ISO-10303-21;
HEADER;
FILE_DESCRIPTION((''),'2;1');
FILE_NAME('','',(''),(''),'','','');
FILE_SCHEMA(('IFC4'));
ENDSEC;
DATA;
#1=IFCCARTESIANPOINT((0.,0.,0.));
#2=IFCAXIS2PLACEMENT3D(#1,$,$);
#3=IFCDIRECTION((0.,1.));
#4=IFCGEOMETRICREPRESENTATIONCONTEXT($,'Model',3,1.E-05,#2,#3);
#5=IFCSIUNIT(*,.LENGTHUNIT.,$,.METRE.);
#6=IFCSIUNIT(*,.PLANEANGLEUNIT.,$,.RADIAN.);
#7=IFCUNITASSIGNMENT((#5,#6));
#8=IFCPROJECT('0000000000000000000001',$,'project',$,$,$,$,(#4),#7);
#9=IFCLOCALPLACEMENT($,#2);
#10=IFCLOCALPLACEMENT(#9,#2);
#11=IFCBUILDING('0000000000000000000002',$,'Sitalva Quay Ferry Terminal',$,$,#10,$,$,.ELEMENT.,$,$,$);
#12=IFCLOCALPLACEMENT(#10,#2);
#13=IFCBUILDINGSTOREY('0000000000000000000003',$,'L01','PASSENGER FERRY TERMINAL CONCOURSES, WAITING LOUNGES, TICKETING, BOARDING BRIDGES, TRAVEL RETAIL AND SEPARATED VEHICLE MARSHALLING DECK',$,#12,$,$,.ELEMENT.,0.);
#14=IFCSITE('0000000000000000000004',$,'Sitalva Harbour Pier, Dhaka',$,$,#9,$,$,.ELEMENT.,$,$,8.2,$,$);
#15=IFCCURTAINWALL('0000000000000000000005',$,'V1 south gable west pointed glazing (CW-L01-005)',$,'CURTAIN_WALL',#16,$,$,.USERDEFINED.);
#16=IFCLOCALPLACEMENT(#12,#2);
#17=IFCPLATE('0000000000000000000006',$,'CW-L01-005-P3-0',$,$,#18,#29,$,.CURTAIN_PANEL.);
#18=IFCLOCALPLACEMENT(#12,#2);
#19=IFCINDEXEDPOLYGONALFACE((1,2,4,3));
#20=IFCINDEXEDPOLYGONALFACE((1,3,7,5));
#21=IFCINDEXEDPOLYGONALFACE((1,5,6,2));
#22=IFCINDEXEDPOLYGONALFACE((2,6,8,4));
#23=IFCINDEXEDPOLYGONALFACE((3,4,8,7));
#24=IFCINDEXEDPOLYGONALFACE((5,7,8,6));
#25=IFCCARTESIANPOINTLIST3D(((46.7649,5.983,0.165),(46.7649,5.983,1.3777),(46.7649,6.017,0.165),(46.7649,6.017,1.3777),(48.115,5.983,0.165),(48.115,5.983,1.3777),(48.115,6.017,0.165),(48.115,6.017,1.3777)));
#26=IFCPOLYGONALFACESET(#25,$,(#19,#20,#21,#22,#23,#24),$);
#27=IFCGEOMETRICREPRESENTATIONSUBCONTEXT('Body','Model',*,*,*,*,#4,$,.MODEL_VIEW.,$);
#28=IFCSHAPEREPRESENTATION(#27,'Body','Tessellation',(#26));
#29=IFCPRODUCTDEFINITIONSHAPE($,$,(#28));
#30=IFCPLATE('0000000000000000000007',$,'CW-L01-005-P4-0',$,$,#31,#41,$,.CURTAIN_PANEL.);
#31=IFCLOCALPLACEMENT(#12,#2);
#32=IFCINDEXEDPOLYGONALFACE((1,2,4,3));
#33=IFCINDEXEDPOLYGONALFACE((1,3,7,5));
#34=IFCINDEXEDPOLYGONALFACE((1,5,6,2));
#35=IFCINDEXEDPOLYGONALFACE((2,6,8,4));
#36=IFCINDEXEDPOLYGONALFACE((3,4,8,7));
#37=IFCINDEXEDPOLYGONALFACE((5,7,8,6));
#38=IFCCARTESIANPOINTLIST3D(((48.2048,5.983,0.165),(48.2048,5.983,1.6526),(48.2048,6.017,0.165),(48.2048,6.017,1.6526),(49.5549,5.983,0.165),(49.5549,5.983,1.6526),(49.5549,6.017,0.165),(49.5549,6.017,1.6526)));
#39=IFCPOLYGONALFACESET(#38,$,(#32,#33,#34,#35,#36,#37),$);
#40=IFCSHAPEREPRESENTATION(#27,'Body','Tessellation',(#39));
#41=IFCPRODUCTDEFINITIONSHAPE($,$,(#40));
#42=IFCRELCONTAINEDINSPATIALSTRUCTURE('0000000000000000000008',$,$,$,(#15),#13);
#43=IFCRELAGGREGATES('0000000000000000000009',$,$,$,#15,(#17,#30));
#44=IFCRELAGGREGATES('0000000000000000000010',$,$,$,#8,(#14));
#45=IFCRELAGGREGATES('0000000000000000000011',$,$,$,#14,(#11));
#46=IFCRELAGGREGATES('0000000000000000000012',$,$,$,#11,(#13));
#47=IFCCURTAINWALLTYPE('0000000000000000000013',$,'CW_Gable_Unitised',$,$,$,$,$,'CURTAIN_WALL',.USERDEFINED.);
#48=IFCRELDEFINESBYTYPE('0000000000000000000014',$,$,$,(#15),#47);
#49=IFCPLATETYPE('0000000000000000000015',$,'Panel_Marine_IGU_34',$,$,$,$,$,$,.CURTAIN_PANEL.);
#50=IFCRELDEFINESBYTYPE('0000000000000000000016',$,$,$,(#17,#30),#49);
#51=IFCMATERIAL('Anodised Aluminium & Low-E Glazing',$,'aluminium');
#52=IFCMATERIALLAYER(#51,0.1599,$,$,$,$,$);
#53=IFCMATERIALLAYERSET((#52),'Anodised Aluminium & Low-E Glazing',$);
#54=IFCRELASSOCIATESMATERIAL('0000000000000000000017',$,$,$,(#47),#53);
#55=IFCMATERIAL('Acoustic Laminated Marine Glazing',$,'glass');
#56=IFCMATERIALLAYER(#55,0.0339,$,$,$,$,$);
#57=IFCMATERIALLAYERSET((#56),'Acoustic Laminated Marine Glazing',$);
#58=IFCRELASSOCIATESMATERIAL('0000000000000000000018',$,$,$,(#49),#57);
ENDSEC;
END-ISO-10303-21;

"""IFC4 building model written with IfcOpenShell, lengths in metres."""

from ifc_helpers import new_model, si_unit, direction, frame, origin, origin_2d, place, context, subcontext, project, spatial, rectangle, extrude, material, layer, layer_set, type_object, element, aggregate, save


model = new_model("IFC4")

# Units and contexts
model_context = context("Model", 3, precision=1e-05, world=origin(), true_north=direction((0.0, 1.0)))
body_context = subcontext(model_context, "Body", "Model", "MODEL_VIEW")
ifc_project = project(units=[si_unit("LENGTHUNIT", "METRE"), si_unit("PLANEANGLEUNIT", "RADIAN")], contexts=[model_context])

# Site, building, storey
site_placement = place(None, origin())
site = spatial("IfcSite", under=ifc_project, at=site_placement, Name="Sitalva Harbour Pier, Dhaka", CompositionType="ELEMENT", RefElevation=8.2)
building_placement = place(site_placement, origin())
building = spatial("IfcBuilding", under=site, at=building_placement, Name="Sitalva Quay Ferry Terminal", CompositionType="ELEMENT")
storey_placement = place(building_placement, origin())
storey = spatial("IfcBuildingStorey", under=building, at=storey_placement, Name="L01", Description="PASSENGER FERRY TERMINAL CONCOURSES, WAITING LOUNGES, TICKETING, BOARDING BRIDGES, TRAVEL RETAIL AND SEPARATED VEHICLE MARSHALLING DECK", CompositionType="ELEMENT", Elevation=0.0)

# Curtain wall
ifc_material_1 = material(Name="Anodised Aluminium & Low-E Glazing", Category="aluminium")
ifc_layer_1 = layer(ifc_material_1, 0.1599)
ifc_layer_set_1 = layer_set([ifc_layer_1], Name="Anodised Aluminium & Low-E Glazing")
curtain_wall_type_1 = type_object("IfcCurtainWallType", Name="CW_Gable_Unitised", ElementType="CURTAIN_WALL", PredefinedType="USERDEFINED", material=ifc_layer_set_1)
curtain_wall_1_placement = place(storey_placement, origin())
curtain_wall_1 = element("IfcCurtainWall", 1, at=curtain_wall_1_placement, inside=storey, type_object=curtain_wall_type_1, Name="V1 south gable west pointed glazing (CW-L01-005)", ObjectType="CURTAIN_WALL", PredefinedType="USERDEFINED")

# Plates
ifc_material_2 = material(Name="Acoustic Laminated Marine Glazing", Category="glass")
ifc_layer_2 = layer(ifc_material_2, 0.0339)
ifc_layer_set_2 = layer_set([ifc_layer_2], Name="Acoustic Laminated Marine Glazing")
plate_type_1 = type_object("IfcPlateType", Name="Panel_Marine_IGU_34", PredefinedType="CURTAIN_PANEL", material=ifc_layer_set_2)
plate_1_placement = place(storey_placement, frame((47.4399, 6.0, 0.165), z_axis=(0.0, 0.0, 1.0), x_axis=(1.0, 0.0, 0.0)))
plate_1 = element("IfcPlate", 2, at=plate_1_placement, type_object=plate_type_1, Name="CW-L01-005-P3-0", PredefinedType="CURTAIN_PANEL", context=body_context, shape_type="SweptSolid", body=[
    extrude(rectangle(XDim=1.3501, YDim=0.0339, at=origin_2d()), origin(), (0.0, 0.0, 1.0), 1.2126),
])
plate_2_placement = place(storey_placement, frame((48.8799, 6.0, 0.165), z_axis=(0.0, 0.0, 1.0), x_axis=(1.0, 0.0, 0.0)))
plate_2 = element("IfcPlate", 3, at=plate_2_placement, type_object=plate_type_1, Name="CW-L01-005-P4-0", PredefinedType="CURTAIN_PANEL", context=body_context, shape_type="SweptSolid", body=[
    extrude(rectangle(XDim=1.3501, YDim=0.0339, at=origin_2d()), origin(), (0.0, 0.0, 1.0), 1.4875),
])
aggregate(curtain_wall_1, [plate_1, plate_2])

save(model, "model.ifc")
